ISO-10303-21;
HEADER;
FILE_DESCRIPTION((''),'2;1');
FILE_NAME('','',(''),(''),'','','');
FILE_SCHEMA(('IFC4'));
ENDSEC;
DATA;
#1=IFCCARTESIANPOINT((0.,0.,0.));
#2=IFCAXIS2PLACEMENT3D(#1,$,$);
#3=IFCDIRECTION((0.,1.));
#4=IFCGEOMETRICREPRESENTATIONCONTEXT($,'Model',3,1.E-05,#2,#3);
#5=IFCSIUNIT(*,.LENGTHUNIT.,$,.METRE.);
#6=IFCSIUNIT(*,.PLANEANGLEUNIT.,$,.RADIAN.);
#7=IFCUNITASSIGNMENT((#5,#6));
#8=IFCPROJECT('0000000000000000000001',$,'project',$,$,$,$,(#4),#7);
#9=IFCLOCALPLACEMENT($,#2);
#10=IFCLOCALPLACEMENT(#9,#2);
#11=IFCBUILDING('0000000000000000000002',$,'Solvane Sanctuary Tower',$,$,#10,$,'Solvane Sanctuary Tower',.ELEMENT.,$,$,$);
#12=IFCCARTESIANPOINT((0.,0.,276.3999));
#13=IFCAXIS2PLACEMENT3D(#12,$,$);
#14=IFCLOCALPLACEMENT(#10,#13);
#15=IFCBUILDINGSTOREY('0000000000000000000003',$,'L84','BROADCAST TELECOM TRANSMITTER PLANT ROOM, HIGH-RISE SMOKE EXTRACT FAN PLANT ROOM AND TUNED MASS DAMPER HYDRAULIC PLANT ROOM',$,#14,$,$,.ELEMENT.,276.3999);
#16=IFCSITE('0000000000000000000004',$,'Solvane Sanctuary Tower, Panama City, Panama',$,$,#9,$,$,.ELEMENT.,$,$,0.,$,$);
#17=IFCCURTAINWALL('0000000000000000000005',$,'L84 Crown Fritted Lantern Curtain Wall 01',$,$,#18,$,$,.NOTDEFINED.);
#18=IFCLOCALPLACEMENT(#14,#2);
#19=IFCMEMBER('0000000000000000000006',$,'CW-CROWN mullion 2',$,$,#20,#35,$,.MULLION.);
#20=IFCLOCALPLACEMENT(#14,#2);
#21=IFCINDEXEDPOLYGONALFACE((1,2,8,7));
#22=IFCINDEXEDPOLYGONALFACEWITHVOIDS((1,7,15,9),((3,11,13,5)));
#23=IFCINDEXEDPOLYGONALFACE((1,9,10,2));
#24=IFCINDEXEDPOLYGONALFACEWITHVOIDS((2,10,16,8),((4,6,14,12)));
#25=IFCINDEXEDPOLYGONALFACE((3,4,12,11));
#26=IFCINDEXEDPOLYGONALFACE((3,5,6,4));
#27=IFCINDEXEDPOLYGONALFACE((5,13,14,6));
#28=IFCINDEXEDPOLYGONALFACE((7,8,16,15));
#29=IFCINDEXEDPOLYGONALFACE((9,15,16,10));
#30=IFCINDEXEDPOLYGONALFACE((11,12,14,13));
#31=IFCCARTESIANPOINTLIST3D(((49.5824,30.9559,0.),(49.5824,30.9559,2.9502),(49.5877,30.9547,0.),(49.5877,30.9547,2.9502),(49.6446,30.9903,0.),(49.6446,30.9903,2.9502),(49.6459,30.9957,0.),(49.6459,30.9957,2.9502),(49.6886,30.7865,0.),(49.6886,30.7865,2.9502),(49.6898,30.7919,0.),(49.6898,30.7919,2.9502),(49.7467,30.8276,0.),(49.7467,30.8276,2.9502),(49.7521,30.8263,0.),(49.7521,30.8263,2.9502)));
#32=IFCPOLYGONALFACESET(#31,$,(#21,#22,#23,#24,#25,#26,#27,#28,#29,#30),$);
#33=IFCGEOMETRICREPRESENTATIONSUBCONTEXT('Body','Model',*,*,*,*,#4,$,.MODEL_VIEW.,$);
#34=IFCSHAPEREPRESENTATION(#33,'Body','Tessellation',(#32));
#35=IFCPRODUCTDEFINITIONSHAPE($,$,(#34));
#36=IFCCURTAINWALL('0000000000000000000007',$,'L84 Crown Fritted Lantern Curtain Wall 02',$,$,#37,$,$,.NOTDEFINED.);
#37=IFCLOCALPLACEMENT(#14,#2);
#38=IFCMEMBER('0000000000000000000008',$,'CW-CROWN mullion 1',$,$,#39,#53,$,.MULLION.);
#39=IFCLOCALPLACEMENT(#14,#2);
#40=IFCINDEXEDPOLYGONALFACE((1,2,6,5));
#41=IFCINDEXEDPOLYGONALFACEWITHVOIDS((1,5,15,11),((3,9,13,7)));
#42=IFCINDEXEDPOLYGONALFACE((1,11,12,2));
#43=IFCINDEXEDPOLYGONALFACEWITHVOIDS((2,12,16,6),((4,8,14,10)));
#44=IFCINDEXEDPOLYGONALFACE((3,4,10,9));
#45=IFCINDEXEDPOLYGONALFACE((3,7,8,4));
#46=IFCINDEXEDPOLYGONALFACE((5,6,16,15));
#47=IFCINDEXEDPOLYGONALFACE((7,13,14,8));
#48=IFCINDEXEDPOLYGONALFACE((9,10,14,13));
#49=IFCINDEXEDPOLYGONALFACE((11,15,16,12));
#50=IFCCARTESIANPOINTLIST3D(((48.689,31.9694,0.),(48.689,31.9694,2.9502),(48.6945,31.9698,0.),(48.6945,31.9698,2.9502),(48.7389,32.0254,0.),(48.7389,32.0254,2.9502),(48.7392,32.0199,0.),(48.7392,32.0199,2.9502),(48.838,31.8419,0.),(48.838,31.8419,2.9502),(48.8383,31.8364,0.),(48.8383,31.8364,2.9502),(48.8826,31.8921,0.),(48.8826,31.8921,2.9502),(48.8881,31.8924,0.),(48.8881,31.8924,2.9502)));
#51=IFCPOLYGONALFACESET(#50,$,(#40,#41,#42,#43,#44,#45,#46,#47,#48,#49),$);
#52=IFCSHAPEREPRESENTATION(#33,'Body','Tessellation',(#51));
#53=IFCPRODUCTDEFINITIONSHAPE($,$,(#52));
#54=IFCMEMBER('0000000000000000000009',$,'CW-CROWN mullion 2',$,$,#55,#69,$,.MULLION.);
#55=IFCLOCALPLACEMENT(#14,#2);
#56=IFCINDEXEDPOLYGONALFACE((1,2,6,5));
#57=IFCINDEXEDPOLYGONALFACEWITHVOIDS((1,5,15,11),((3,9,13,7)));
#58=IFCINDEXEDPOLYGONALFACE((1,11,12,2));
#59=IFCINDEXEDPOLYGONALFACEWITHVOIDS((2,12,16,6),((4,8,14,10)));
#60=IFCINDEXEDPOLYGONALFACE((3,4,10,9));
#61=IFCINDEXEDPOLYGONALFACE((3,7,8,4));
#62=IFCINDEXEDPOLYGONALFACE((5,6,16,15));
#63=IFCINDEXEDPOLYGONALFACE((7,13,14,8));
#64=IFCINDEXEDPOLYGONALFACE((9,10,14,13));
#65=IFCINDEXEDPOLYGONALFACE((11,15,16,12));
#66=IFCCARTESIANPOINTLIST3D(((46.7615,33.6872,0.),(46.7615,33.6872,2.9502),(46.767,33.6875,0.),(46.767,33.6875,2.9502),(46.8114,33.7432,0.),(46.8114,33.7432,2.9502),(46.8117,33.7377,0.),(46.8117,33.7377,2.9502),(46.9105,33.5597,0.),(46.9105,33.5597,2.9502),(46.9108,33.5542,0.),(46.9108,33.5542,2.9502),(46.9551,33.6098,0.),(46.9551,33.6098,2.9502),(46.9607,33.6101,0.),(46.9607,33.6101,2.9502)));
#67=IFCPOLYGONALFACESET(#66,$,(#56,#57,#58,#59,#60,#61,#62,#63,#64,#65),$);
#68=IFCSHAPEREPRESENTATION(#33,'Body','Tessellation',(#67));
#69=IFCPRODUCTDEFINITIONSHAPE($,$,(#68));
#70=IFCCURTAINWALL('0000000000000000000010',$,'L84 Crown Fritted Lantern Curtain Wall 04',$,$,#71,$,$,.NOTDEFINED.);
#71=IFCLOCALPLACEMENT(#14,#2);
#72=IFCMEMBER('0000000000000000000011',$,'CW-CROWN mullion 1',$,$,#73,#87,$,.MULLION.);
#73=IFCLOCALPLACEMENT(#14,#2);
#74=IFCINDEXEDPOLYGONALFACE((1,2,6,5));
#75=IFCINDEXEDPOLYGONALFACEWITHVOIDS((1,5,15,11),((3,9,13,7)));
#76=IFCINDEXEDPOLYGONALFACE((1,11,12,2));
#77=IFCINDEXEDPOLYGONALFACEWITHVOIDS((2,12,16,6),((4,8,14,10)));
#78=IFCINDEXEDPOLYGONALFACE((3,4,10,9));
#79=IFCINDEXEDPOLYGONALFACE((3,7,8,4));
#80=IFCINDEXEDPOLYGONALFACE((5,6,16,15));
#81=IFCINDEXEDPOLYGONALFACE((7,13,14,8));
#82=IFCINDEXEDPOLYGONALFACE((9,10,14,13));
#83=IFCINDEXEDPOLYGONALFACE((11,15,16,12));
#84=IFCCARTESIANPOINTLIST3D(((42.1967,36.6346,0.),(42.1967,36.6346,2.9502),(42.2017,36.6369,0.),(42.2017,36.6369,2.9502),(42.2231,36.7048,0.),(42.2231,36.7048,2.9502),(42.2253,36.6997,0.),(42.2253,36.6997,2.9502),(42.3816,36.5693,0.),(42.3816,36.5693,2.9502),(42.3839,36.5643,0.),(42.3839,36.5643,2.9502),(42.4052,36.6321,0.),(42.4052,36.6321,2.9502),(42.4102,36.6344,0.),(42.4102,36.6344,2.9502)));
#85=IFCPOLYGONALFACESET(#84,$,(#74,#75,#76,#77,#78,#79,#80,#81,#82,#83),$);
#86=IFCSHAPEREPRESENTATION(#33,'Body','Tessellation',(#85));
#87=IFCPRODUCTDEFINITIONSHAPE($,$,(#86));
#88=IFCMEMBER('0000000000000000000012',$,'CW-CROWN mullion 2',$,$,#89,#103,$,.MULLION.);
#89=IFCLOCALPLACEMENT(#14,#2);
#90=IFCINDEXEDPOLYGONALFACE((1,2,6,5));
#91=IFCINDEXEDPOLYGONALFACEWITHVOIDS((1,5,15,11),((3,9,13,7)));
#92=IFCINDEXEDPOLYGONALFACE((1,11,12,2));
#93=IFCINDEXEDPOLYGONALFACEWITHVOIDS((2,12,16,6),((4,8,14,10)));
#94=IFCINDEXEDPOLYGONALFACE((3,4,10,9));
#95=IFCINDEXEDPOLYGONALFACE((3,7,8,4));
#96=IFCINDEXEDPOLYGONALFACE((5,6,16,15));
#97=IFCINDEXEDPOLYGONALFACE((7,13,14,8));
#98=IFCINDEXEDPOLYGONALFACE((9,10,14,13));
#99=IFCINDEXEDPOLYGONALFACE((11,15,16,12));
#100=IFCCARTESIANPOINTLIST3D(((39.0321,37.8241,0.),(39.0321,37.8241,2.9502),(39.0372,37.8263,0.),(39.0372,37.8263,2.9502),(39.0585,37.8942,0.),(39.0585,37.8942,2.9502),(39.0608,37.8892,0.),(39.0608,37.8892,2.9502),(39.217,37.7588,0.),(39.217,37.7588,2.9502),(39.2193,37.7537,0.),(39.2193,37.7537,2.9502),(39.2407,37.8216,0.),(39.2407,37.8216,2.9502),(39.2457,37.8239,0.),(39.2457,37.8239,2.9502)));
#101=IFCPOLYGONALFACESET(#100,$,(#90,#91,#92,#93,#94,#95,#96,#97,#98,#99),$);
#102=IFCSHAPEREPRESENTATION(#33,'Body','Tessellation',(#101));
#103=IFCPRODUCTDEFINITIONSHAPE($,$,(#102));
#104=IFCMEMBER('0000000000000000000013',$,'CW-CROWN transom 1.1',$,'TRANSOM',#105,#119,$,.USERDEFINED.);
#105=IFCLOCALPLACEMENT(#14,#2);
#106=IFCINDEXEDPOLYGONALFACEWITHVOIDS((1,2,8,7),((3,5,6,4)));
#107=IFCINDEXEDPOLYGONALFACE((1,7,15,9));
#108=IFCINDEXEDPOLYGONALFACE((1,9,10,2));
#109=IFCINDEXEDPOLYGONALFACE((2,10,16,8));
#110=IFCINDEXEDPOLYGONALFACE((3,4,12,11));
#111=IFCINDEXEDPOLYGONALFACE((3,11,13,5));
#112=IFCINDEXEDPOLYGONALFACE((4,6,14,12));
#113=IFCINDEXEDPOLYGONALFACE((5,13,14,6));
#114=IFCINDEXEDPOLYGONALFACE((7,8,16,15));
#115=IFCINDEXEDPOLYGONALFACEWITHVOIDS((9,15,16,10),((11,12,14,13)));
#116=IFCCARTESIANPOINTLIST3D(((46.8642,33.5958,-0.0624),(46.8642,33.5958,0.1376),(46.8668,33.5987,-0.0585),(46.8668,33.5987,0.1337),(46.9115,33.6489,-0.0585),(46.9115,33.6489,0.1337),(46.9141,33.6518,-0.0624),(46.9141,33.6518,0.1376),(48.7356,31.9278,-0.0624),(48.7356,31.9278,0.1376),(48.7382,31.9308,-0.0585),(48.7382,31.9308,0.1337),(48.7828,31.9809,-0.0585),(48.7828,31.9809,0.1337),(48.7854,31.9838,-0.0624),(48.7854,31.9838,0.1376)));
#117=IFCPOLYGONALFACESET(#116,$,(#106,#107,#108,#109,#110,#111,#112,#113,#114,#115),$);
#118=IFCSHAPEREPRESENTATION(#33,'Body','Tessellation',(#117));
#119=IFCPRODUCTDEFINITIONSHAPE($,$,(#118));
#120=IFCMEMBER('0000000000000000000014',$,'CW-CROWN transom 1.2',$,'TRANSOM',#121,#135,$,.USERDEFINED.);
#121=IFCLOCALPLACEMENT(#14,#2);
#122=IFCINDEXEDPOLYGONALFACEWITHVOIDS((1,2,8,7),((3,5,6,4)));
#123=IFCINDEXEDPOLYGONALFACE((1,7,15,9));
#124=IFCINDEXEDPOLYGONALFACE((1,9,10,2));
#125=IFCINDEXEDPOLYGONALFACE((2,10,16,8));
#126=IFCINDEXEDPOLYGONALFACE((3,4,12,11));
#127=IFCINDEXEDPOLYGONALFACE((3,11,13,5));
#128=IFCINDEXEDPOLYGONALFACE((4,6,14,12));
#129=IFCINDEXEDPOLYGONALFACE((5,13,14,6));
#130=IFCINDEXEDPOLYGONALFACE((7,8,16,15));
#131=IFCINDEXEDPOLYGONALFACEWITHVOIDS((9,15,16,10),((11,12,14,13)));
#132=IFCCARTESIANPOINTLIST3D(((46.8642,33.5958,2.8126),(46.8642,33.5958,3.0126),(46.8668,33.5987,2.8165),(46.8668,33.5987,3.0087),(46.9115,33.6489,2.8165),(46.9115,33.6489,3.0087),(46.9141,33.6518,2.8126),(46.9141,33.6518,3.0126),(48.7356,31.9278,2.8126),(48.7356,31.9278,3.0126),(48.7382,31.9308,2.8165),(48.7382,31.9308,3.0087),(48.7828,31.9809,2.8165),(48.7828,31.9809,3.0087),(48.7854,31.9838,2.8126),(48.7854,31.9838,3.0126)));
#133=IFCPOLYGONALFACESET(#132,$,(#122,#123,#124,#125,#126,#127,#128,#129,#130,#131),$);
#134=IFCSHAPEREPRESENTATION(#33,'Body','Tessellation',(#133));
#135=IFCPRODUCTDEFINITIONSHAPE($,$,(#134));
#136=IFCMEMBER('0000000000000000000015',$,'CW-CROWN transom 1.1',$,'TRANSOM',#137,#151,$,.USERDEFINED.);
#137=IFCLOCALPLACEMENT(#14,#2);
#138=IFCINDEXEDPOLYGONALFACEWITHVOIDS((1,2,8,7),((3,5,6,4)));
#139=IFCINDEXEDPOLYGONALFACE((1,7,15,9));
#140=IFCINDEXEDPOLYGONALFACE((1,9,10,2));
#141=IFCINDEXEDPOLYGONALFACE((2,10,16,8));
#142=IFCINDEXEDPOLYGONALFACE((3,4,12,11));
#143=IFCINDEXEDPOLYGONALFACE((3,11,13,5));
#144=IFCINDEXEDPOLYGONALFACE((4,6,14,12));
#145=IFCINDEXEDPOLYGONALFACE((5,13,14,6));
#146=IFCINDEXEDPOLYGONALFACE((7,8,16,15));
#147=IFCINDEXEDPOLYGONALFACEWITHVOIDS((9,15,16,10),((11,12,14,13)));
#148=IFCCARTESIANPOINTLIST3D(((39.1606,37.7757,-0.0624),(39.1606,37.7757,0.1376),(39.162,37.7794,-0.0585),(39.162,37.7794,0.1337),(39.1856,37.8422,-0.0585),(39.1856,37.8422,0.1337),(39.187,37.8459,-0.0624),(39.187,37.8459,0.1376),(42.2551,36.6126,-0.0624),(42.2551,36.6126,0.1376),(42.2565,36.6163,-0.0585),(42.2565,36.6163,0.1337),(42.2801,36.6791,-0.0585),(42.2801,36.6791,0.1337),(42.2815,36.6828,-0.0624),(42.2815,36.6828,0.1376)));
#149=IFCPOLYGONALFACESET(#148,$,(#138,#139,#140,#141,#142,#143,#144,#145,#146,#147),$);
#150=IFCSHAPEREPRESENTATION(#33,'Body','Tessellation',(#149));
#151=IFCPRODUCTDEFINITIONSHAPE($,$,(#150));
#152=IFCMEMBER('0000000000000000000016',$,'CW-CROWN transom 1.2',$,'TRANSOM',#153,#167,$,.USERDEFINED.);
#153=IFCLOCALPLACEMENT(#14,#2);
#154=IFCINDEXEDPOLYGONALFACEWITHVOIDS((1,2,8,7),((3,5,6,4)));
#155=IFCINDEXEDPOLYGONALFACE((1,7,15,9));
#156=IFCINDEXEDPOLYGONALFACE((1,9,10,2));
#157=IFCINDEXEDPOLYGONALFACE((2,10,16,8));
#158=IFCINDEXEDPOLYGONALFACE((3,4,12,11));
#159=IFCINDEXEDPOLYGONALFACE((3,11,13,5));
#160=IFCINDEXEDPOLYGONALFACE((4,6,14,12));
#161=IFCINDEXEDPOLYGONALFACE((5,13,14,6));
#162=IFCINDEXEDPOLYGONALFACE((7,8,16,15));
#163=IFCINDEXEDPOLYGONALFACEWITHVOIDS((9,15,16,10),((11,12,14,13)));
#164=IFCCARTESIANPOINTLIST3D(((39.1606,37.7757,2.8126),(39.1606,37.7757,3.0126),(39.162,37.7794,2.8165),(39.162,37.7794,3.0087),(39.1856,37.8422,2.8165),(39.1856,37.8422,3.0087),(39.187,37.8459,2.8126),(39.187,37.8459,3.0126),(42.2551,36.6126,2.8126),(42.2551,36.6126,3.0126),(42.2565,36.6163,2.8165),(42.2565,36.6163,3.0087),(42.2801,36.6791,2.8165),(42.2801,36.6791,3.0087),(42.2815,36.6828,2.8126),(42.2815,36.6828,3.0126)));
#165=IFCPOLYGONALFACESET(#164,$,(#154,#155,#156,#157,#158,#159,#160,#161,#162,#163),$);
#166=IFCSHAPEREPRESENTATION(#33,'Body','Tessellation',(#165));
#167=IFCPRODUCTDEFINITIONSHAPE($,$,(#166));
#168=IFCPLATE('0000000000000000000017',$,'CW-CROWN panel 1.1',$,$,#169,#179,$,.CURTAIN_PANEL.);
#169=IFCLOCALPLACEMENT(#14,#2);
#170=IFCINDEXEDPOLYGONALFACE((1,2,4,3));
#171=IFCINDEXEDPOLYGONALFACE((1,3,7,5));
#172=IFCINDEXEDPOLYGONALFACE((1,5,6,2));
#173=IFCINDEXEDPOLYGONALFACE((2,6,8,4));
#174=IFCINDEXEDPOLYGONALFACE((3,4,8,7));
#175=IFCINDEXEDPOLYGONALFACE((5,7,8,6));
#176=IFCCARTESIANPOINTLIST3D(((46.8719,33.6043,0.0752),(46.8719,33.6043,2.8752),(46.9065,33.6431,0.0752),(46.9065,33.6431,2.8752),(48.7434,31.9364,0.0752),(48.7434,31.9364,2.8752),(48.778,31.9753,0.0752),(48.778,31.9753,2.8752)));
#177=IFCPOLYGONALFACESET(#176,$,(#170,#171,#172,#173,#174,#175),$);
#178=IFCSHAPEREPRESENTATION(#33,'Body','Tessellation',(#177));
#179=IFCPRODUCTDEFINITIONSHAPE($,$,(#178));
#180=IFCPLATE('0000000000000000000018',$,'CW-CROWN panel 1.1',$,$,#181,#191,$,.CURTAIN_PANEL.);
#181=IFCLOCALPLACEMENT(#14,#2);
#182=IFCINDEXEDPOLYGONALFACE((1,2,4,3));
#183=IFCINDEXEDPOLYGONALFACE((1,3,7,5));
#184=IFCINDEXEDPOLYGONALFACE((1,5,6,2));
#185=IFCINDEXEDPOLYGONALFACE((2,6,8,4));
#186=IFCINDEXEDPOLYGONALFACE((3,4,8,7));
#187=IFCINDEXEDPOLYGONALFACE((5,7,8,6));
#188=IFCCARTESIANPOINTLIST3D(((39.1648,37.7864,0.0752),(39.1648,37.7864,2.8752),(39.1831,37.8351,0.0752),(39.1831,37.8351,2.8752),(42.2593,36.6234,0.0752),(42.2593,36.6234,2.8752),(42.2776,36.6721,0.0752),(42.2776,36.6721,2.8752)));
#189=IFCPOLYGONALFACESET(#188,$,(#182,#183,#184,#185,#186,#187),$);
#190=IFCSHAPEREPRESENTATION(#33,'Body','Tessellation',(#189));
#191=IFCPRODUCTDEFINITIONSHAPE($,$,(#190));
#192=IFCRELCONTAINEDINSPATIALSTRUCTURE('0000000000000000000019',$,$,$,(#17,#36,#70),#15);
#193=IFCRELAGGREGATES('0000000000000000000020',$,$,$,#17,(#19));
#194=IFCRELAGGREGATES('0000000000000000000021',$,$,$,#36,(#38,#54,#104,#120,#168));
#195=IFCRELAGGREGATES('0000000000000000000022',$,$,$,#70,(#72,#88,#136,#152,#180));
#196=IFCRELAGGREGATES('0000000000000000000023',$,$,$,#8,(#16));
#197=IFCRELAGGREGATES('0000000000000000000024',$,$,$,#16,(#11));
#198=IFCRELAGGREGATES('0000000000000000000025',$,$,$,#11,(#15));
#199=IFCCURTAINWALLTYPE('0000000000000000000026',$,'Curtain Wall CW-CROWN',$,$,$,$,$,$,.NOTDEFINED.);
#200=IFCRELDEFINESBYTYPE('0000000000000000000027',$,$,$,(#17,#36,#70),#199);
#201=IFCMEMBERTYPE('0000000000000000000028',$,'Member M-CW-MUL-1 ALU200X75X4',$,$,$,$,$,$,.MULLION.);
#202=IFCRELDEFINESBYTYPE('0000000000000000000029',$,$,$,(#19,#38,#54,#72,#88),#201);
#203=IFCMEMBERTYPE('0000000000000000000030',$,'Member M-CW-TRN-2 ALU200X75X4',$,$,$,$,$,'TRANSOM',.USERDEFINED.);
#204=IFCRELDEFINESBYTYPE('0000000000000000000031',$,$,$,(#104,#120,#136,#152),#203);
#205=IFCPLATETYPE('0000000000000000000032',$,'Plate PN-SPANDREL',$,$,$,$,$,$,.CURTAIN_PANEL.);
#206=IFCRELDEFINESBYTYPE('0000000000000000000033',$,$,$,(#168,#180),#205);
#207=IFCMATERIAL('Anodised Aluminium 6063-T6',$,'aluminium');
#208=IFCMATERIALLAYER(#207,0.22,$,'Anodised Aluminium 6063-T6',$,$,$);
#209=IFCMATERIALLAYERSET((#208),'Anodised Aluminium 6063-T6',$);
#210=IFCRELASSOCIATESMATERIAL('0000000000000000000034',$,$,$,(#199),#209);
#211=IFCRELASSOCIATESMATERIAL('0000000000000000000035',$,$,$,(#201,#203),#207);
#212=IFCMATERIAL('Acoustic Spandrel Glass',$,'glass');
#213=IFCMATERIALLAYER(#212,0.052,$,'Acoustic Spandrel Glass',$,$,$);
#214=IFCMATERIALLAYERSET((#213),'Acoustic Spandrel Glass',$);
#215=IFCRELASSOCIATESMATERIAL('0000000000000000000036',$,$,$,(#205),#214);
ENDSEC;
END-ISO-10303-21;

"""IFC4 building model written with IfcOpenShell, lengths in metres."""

from ifc_helpers import new_model, si_unit, direction, frame, origin, origin_2d, place, context, subcontext, project, spatial, rectangle, hollow_rectangle, extrude, material, layer, layer_set, material_profile, profile_set, type_object, element, aggregate, save


model = new_model("IFC4")

# Units and contexts
model_context = context("Model", 3, precision=1e-05, world=origin(), true_north=direction((0.0, 1.0)))
body_context = subcontext(model_context, "Body", "Model", "MODEL_VIEW")
ifc_project = project(units=[si_unit("LENGTHUNIT", "METRE"), si_unit("PLANEANGLEUNIT", "RADIAN")], contexts=[model_context])

# Site, building, storey
site_placement = place(None, origin())
site = spatial("IfcSite", under=ifc_project, at=site_placement, Name="Solvane Sanctuary Tower, Panama City, Panama", CompositionType="ELEMENT", RefElevation=0.0)
building_placement = place(site_placement, origin())
building = spatial("IfcBuilding", under=site, at=building_placement, Name="Solvane Sanctuary Tower", LongName="Solvane Sanctuary Tower", CompositionType="ELEMENT")
storey_placement = place(building_placement, frame((0.0, 0.0, 276.3999)))
storey = spatial("IfcBuildingStorey", under=building, at=storey_placement, Name="L84", Description="BROADCAST TELECOM TRANSMITTER PLANT ROOM, HIGH-RISE SMOKE EXTRACT FAN PLANT ROOM AND TUNED MASS DAMPER HYDRAULIC PLANT ROOM", CompositionType="ELEMENT", Elevation=276.3999)

# Curtain wall, member
ifc_material_1 = material(Name="Anodised Aluminium 6063-T6", Category="aluminium")
ifc_layer_1 = layer(ifc_material_1, 0.22, Name="Anodised Aluminium 6063-T6")
ifc_layer_set_1 = layer_set([ifc_layer_1], Name="Anodised Aluminium 6063-T6")
curtain_wall_type = type_object("IfcCurtainWallType", Name="Curtain Wall CW-CROWN", PredefinedType="NOTDEFINED", material=ifc_layer_set_1)
curtain_wall_1_placement = place(storey_placement, origin())
curtain_wall_1 = element("IfcCurtainWall", 1, at=curtain_wall_1_placement, inside=storey, type_object=curtain_wall_type, Name="L84 Crown Fritted Lantern Curtain Wall 01", PredefinedType="NOTDEFINED")
ifc_material_profile_1 = material_profile(ifc_material_1, hollow_rectangle(XDim=0.075, YDim=0.2, WallThickness=0.0039, at=origin_2d()), Name="ALU200X75X4")
ifc_profile_set_1 = profile_set([ifc_material_profile_1], Name="Anodised Aluminium 6063-T6")
member_type_1 = type_object("IfcMemberType", Name="Member M-CW-MUL-1 ALU200X75X4", PredefinedType="MULLION", material=ifc_profile_set_1)
member_1_placement = place(storey_placement, frame((49.6672, 30.8911, 0.0), z_axis=(0.0, 0.0, 1.0), x_axis=(-0.847126, -0.531391, 0.0)))
member_1 = element("IfcMember", 2, at=member_1_placement, type_object=member_type_1, Name="CW-CROWN mullion 2", PredefinedType="MULLION", context=body_context, shape_type="SweptSolid", body=[
    extrude(hollow_rectangle(XDim=0.075, YDim=0.2, WallThickness=0.0039, at=origin_2d()), origin(), (0.0, 0.0, 1.0), 2.9502),
])
aggregate(curtain_wall_1, [member_1])

# Curtain walls, members
curtain_wall_2_placement = place(storey_placement, origin())
curtain_wall_2 = element("IfcCurtainWall", 3, at=curtain_wall_2_placement, inside=storey, type_object=curtain_wall_type, Name="L84 Crown Fritted Lantern Curtain Wall 02", PredefinedType="NOTDEFINED")
member_2_placement = place(storey_placement, frame((48.7886, 31.9309, 0.0), z_axis=(0.0, 0.0, 1.0), x_axis=(-0.665328, -0.746551, 0.0)))
member_2 = element("IfcMember", 4, at=member_2_placement, type_object=member_type_1, Name="CW-CROWN mullion 1", PredefinedType="MULLION", context=body_context, shape_type="SweptSolid", body=[
    extrude(hollow_rectangle(XDim=0.075, YDim=0.2, WallThickness=0.0039, at=origin_2d()), origin(), (0.0, 0.0, 1.0), 2.9502),
])
member_3_placement = place(storey_placement, frame((46.8611, 33.6487, 0.0), z_axis=(0.0, 0.0, 1.0), x_axis=(-0.665328, -0.746551, 0.0)))
member_3 = element("IfcMember", 5, at=member_3_placement, type_object=member_type_1, Name="CW-CROWN mullion 2", PredefinedType="MULLION", context=body_context, shape_type="SweptSolid", body=[
    extrude(hollow_rectangle(XDim=0.075, YDim=0.2, WallThickness=0.0039, at=origin_2d()), origin(), (0.0, 0.0, 1.0), 2.9502),
])
curtain_wall_3_placement = place(storey_placement, origin())
curtain_wall_3 = element("IfcCurtainWall", 6, at=curtain_wall_3_placement, inside=storey, type_object=curtain_wall_type, Name="L84 Crown Fritted Lantern Curtain Wall 04", PredefinedType="NOTDEFINED")
member_4_placement = place(storey_placement, frame((42.3035, 36.6345, 0.0), z_axis=(0.0, 0.0, 1.0), x_axis=(-0.351811, -0.936071, 0.0)))
member_4 = element("IfcMember", 7, at=member_4_placement, type_object=member_type_1, Name="CW-CROWN mullion 1", PredefinedType="MULLION", context=body_context, shape_type="SweptSolid", body=[
    extrude(hollow_rectangle(XDim=0.075, YDim=0.2, WallThickness=0.0039, at=origin_2d()), origin(), (0.0, 0.0, 1.0), 2.9502),
])
member_5_placement = place(storey_placement, frame((39.1389, 37.824, 0.0), z_axis=(0.0, 0.0, 1.0), x_axis=(-0.351811, -0.936071, 0.0)))
member_5 = element("IfcMember", 8, at=member_5_placement, type_object=member_type_1, Name="CW-CROWN mullion 2", PredefinedType="MULLION", context=body_context, shape_type="SweptSolid", body=[
    extrude(hollow_rectangle(XDim=0.075, YDim=0.2, WallThickness=0.0039, at=origin_2d()), origin(), (0.0, 0.0, 1.0), 2.9502),
])

# Members
ifc_material_profile_2 = material_profile(ifc_material_1, hollow_rectangle(XDim=0.075, YDim=0.2, WallThickness=0.0039, at=origin_2d()), Name="ALU200X75X4")
ifc_profile_set_2 = profile_set([ifc_material_profile_2], Name="Anodised Aluminium 6063-T6")
member_type_2 = type_object("IfcMemberType", Name="Member M-CW-TRN-2 ALU200X75X4", ElementType="TRANSOM", PredefinedType="USERDEFINED", material=ifc_profile_set_2)
member_6_placement = place(storey_placement, frame((48.7605, 31.9558, 0.0376), z_axis=(-0.746506, 0.665379, 0.0), x_axis=(-0.665379, -0.746506, 0.0)))
member_6 = element("IfcMember", 9, at=member_6_placement, type_object=member_type_2, Name="CW-CROWN transom 1.1", ObjectType="TRANSOM", PredefinedType="USERDEFINED", context=body_context, shape_type="SweptSolid", body=[
    extrude(hollow_rectangle(XDim=0.075, YDim=0.2, WallThickness=0.0039, at=origin_2d()), origin(), (0.0, 0.0, 1.0), 2.5068),
])
member_7_placement = place(storey_placement, frame((48.7605, 31.9558, 2.9126), z_axis=(-0.746506, 0.665379, 0.0), x_axis=(-0.665379, -0.746506, 0.0)))
member_7 = element("IfcMember", 10, at=member_7_placement, type_object=member_type_2, Name="CW-CROWN transom 1.2", ObjectType="TRANSOM", PredefinedType="USERDEFINED", context=body_context, shape_type="SweptSolid", body=[
    extrude(hollow_rectangle(XDim=0.075, YDim=0.2, WallThickness=0.0039, at=origin_2d()), origin(), (0.0, 0.0, 1.0), 2.5068),
])
member_8_placement = place(storey_placement, frame((42.2683, 36.6477, 0.0376), z_axis=(-0.936065, 0.351827, 0.0), x_axis=(-0.351827, -0.936065, 0.0)))
member_8 = element("IfcMember", 11, at=member_8_placement, type_object=member_type_2, Name="CW-CROWN transom 1.1", ObjectType="TRANSOM", PredefinedType="USERDEFINED", context=body_context, shape_type="SweptSolid", body=[
    extrude(hollow_rectangle(XDim=0.075, YDim=0.2, WallThickness=0.0039, at=origin_2d()), origin(), (0.0, 0.0, 1.0), 3.3059),
])
member_9_placement = place(storey_placement, frame((42.2683, 36.6477, 2.9126), z_axis=(-0.936065, 0.351827, 0.0), x_axis=(-0.351827, -0.936065, 0.0)))
member_9 = element("IfcMember", 12, at=member_9_placement, type_object=member_type_2, Name="CW-CROWN transom 1.2", ObjectType="TRANSOM", PredefinedType="USERDEFINED", context=body_context, shape_type="SweptSolid", body=[
    extrude(hollow_rectangle(XDim=0.075, YDim=0.2, WallThickness=0.0039, at=origin_2d()), origin(), (0.0, 0.0, 1.0), 3.3059),
])

# Plates
ifc_material_2 = material(Name="Acoustic Spandrel Glass", Category="glass")
ifc_layer_2 = layer(ifc_material_2, 0.052, Name="Acoustic Spandrel Glass")
ifc_layer_set_2 = layer_set([ifc_layer_2], Name="Acoustic Spandrel Glass")
plate_type = type_object("IfcPlateType", Name="Plate PN-SPANDREL", PredefinedType="CURTAIN_PANEL", material=ifc_layer_set_2)
plate_1_placement = place(storey_placement, frame((47.825, 32.7898, 0.0752), z_axis=(0.0, 0.0, 1.0), x_axis=(-0.746551, 0.665328, 0.0)))
plate_1 = element("IfcPlate", 13, at=plate_1_placement, type_object=plate_type, Name="CW-CROWN panel 1.1", PredefinedType="CURTAIN_PANEL", context=body_context, shape_type="SweptSolid", body=[
    extrude(rectangle(XDim=2.5068, YDim=0.052, at=origin_2d()), origin(), (0.0, 0.0, 1.0), 2.8),
])
aggregate(curtain_wall_2, [member_2, member_3, member_6, member_7, plate_1])
plate_2_placement = place(storey_placement, frame((40.7212, 37.2292, 0.0752), z_axis=(0.0, 0.0, 1.0), x_axis=(-0.936071, 0.351811, 0.0)))
plate_2 = element("IfcPlate", 14, at=plate_2_placement, type_object=plate_type, Name="CW-CROWN panel 1.1", PredefinedType="CURTAIN_PANEL", context=body_context, shape_type="SweptSolid", body=[
    extrude(rectangle(XDim=3.3059, YDim=0.052, at=origin_2d()), origin(), (0.0, 0.0, 1.0), 2.8),
])
aggregate(curtain_wall_3, [member_4, member_5, member_8, member_9, plate_2])

save(model, "model.ifc")
